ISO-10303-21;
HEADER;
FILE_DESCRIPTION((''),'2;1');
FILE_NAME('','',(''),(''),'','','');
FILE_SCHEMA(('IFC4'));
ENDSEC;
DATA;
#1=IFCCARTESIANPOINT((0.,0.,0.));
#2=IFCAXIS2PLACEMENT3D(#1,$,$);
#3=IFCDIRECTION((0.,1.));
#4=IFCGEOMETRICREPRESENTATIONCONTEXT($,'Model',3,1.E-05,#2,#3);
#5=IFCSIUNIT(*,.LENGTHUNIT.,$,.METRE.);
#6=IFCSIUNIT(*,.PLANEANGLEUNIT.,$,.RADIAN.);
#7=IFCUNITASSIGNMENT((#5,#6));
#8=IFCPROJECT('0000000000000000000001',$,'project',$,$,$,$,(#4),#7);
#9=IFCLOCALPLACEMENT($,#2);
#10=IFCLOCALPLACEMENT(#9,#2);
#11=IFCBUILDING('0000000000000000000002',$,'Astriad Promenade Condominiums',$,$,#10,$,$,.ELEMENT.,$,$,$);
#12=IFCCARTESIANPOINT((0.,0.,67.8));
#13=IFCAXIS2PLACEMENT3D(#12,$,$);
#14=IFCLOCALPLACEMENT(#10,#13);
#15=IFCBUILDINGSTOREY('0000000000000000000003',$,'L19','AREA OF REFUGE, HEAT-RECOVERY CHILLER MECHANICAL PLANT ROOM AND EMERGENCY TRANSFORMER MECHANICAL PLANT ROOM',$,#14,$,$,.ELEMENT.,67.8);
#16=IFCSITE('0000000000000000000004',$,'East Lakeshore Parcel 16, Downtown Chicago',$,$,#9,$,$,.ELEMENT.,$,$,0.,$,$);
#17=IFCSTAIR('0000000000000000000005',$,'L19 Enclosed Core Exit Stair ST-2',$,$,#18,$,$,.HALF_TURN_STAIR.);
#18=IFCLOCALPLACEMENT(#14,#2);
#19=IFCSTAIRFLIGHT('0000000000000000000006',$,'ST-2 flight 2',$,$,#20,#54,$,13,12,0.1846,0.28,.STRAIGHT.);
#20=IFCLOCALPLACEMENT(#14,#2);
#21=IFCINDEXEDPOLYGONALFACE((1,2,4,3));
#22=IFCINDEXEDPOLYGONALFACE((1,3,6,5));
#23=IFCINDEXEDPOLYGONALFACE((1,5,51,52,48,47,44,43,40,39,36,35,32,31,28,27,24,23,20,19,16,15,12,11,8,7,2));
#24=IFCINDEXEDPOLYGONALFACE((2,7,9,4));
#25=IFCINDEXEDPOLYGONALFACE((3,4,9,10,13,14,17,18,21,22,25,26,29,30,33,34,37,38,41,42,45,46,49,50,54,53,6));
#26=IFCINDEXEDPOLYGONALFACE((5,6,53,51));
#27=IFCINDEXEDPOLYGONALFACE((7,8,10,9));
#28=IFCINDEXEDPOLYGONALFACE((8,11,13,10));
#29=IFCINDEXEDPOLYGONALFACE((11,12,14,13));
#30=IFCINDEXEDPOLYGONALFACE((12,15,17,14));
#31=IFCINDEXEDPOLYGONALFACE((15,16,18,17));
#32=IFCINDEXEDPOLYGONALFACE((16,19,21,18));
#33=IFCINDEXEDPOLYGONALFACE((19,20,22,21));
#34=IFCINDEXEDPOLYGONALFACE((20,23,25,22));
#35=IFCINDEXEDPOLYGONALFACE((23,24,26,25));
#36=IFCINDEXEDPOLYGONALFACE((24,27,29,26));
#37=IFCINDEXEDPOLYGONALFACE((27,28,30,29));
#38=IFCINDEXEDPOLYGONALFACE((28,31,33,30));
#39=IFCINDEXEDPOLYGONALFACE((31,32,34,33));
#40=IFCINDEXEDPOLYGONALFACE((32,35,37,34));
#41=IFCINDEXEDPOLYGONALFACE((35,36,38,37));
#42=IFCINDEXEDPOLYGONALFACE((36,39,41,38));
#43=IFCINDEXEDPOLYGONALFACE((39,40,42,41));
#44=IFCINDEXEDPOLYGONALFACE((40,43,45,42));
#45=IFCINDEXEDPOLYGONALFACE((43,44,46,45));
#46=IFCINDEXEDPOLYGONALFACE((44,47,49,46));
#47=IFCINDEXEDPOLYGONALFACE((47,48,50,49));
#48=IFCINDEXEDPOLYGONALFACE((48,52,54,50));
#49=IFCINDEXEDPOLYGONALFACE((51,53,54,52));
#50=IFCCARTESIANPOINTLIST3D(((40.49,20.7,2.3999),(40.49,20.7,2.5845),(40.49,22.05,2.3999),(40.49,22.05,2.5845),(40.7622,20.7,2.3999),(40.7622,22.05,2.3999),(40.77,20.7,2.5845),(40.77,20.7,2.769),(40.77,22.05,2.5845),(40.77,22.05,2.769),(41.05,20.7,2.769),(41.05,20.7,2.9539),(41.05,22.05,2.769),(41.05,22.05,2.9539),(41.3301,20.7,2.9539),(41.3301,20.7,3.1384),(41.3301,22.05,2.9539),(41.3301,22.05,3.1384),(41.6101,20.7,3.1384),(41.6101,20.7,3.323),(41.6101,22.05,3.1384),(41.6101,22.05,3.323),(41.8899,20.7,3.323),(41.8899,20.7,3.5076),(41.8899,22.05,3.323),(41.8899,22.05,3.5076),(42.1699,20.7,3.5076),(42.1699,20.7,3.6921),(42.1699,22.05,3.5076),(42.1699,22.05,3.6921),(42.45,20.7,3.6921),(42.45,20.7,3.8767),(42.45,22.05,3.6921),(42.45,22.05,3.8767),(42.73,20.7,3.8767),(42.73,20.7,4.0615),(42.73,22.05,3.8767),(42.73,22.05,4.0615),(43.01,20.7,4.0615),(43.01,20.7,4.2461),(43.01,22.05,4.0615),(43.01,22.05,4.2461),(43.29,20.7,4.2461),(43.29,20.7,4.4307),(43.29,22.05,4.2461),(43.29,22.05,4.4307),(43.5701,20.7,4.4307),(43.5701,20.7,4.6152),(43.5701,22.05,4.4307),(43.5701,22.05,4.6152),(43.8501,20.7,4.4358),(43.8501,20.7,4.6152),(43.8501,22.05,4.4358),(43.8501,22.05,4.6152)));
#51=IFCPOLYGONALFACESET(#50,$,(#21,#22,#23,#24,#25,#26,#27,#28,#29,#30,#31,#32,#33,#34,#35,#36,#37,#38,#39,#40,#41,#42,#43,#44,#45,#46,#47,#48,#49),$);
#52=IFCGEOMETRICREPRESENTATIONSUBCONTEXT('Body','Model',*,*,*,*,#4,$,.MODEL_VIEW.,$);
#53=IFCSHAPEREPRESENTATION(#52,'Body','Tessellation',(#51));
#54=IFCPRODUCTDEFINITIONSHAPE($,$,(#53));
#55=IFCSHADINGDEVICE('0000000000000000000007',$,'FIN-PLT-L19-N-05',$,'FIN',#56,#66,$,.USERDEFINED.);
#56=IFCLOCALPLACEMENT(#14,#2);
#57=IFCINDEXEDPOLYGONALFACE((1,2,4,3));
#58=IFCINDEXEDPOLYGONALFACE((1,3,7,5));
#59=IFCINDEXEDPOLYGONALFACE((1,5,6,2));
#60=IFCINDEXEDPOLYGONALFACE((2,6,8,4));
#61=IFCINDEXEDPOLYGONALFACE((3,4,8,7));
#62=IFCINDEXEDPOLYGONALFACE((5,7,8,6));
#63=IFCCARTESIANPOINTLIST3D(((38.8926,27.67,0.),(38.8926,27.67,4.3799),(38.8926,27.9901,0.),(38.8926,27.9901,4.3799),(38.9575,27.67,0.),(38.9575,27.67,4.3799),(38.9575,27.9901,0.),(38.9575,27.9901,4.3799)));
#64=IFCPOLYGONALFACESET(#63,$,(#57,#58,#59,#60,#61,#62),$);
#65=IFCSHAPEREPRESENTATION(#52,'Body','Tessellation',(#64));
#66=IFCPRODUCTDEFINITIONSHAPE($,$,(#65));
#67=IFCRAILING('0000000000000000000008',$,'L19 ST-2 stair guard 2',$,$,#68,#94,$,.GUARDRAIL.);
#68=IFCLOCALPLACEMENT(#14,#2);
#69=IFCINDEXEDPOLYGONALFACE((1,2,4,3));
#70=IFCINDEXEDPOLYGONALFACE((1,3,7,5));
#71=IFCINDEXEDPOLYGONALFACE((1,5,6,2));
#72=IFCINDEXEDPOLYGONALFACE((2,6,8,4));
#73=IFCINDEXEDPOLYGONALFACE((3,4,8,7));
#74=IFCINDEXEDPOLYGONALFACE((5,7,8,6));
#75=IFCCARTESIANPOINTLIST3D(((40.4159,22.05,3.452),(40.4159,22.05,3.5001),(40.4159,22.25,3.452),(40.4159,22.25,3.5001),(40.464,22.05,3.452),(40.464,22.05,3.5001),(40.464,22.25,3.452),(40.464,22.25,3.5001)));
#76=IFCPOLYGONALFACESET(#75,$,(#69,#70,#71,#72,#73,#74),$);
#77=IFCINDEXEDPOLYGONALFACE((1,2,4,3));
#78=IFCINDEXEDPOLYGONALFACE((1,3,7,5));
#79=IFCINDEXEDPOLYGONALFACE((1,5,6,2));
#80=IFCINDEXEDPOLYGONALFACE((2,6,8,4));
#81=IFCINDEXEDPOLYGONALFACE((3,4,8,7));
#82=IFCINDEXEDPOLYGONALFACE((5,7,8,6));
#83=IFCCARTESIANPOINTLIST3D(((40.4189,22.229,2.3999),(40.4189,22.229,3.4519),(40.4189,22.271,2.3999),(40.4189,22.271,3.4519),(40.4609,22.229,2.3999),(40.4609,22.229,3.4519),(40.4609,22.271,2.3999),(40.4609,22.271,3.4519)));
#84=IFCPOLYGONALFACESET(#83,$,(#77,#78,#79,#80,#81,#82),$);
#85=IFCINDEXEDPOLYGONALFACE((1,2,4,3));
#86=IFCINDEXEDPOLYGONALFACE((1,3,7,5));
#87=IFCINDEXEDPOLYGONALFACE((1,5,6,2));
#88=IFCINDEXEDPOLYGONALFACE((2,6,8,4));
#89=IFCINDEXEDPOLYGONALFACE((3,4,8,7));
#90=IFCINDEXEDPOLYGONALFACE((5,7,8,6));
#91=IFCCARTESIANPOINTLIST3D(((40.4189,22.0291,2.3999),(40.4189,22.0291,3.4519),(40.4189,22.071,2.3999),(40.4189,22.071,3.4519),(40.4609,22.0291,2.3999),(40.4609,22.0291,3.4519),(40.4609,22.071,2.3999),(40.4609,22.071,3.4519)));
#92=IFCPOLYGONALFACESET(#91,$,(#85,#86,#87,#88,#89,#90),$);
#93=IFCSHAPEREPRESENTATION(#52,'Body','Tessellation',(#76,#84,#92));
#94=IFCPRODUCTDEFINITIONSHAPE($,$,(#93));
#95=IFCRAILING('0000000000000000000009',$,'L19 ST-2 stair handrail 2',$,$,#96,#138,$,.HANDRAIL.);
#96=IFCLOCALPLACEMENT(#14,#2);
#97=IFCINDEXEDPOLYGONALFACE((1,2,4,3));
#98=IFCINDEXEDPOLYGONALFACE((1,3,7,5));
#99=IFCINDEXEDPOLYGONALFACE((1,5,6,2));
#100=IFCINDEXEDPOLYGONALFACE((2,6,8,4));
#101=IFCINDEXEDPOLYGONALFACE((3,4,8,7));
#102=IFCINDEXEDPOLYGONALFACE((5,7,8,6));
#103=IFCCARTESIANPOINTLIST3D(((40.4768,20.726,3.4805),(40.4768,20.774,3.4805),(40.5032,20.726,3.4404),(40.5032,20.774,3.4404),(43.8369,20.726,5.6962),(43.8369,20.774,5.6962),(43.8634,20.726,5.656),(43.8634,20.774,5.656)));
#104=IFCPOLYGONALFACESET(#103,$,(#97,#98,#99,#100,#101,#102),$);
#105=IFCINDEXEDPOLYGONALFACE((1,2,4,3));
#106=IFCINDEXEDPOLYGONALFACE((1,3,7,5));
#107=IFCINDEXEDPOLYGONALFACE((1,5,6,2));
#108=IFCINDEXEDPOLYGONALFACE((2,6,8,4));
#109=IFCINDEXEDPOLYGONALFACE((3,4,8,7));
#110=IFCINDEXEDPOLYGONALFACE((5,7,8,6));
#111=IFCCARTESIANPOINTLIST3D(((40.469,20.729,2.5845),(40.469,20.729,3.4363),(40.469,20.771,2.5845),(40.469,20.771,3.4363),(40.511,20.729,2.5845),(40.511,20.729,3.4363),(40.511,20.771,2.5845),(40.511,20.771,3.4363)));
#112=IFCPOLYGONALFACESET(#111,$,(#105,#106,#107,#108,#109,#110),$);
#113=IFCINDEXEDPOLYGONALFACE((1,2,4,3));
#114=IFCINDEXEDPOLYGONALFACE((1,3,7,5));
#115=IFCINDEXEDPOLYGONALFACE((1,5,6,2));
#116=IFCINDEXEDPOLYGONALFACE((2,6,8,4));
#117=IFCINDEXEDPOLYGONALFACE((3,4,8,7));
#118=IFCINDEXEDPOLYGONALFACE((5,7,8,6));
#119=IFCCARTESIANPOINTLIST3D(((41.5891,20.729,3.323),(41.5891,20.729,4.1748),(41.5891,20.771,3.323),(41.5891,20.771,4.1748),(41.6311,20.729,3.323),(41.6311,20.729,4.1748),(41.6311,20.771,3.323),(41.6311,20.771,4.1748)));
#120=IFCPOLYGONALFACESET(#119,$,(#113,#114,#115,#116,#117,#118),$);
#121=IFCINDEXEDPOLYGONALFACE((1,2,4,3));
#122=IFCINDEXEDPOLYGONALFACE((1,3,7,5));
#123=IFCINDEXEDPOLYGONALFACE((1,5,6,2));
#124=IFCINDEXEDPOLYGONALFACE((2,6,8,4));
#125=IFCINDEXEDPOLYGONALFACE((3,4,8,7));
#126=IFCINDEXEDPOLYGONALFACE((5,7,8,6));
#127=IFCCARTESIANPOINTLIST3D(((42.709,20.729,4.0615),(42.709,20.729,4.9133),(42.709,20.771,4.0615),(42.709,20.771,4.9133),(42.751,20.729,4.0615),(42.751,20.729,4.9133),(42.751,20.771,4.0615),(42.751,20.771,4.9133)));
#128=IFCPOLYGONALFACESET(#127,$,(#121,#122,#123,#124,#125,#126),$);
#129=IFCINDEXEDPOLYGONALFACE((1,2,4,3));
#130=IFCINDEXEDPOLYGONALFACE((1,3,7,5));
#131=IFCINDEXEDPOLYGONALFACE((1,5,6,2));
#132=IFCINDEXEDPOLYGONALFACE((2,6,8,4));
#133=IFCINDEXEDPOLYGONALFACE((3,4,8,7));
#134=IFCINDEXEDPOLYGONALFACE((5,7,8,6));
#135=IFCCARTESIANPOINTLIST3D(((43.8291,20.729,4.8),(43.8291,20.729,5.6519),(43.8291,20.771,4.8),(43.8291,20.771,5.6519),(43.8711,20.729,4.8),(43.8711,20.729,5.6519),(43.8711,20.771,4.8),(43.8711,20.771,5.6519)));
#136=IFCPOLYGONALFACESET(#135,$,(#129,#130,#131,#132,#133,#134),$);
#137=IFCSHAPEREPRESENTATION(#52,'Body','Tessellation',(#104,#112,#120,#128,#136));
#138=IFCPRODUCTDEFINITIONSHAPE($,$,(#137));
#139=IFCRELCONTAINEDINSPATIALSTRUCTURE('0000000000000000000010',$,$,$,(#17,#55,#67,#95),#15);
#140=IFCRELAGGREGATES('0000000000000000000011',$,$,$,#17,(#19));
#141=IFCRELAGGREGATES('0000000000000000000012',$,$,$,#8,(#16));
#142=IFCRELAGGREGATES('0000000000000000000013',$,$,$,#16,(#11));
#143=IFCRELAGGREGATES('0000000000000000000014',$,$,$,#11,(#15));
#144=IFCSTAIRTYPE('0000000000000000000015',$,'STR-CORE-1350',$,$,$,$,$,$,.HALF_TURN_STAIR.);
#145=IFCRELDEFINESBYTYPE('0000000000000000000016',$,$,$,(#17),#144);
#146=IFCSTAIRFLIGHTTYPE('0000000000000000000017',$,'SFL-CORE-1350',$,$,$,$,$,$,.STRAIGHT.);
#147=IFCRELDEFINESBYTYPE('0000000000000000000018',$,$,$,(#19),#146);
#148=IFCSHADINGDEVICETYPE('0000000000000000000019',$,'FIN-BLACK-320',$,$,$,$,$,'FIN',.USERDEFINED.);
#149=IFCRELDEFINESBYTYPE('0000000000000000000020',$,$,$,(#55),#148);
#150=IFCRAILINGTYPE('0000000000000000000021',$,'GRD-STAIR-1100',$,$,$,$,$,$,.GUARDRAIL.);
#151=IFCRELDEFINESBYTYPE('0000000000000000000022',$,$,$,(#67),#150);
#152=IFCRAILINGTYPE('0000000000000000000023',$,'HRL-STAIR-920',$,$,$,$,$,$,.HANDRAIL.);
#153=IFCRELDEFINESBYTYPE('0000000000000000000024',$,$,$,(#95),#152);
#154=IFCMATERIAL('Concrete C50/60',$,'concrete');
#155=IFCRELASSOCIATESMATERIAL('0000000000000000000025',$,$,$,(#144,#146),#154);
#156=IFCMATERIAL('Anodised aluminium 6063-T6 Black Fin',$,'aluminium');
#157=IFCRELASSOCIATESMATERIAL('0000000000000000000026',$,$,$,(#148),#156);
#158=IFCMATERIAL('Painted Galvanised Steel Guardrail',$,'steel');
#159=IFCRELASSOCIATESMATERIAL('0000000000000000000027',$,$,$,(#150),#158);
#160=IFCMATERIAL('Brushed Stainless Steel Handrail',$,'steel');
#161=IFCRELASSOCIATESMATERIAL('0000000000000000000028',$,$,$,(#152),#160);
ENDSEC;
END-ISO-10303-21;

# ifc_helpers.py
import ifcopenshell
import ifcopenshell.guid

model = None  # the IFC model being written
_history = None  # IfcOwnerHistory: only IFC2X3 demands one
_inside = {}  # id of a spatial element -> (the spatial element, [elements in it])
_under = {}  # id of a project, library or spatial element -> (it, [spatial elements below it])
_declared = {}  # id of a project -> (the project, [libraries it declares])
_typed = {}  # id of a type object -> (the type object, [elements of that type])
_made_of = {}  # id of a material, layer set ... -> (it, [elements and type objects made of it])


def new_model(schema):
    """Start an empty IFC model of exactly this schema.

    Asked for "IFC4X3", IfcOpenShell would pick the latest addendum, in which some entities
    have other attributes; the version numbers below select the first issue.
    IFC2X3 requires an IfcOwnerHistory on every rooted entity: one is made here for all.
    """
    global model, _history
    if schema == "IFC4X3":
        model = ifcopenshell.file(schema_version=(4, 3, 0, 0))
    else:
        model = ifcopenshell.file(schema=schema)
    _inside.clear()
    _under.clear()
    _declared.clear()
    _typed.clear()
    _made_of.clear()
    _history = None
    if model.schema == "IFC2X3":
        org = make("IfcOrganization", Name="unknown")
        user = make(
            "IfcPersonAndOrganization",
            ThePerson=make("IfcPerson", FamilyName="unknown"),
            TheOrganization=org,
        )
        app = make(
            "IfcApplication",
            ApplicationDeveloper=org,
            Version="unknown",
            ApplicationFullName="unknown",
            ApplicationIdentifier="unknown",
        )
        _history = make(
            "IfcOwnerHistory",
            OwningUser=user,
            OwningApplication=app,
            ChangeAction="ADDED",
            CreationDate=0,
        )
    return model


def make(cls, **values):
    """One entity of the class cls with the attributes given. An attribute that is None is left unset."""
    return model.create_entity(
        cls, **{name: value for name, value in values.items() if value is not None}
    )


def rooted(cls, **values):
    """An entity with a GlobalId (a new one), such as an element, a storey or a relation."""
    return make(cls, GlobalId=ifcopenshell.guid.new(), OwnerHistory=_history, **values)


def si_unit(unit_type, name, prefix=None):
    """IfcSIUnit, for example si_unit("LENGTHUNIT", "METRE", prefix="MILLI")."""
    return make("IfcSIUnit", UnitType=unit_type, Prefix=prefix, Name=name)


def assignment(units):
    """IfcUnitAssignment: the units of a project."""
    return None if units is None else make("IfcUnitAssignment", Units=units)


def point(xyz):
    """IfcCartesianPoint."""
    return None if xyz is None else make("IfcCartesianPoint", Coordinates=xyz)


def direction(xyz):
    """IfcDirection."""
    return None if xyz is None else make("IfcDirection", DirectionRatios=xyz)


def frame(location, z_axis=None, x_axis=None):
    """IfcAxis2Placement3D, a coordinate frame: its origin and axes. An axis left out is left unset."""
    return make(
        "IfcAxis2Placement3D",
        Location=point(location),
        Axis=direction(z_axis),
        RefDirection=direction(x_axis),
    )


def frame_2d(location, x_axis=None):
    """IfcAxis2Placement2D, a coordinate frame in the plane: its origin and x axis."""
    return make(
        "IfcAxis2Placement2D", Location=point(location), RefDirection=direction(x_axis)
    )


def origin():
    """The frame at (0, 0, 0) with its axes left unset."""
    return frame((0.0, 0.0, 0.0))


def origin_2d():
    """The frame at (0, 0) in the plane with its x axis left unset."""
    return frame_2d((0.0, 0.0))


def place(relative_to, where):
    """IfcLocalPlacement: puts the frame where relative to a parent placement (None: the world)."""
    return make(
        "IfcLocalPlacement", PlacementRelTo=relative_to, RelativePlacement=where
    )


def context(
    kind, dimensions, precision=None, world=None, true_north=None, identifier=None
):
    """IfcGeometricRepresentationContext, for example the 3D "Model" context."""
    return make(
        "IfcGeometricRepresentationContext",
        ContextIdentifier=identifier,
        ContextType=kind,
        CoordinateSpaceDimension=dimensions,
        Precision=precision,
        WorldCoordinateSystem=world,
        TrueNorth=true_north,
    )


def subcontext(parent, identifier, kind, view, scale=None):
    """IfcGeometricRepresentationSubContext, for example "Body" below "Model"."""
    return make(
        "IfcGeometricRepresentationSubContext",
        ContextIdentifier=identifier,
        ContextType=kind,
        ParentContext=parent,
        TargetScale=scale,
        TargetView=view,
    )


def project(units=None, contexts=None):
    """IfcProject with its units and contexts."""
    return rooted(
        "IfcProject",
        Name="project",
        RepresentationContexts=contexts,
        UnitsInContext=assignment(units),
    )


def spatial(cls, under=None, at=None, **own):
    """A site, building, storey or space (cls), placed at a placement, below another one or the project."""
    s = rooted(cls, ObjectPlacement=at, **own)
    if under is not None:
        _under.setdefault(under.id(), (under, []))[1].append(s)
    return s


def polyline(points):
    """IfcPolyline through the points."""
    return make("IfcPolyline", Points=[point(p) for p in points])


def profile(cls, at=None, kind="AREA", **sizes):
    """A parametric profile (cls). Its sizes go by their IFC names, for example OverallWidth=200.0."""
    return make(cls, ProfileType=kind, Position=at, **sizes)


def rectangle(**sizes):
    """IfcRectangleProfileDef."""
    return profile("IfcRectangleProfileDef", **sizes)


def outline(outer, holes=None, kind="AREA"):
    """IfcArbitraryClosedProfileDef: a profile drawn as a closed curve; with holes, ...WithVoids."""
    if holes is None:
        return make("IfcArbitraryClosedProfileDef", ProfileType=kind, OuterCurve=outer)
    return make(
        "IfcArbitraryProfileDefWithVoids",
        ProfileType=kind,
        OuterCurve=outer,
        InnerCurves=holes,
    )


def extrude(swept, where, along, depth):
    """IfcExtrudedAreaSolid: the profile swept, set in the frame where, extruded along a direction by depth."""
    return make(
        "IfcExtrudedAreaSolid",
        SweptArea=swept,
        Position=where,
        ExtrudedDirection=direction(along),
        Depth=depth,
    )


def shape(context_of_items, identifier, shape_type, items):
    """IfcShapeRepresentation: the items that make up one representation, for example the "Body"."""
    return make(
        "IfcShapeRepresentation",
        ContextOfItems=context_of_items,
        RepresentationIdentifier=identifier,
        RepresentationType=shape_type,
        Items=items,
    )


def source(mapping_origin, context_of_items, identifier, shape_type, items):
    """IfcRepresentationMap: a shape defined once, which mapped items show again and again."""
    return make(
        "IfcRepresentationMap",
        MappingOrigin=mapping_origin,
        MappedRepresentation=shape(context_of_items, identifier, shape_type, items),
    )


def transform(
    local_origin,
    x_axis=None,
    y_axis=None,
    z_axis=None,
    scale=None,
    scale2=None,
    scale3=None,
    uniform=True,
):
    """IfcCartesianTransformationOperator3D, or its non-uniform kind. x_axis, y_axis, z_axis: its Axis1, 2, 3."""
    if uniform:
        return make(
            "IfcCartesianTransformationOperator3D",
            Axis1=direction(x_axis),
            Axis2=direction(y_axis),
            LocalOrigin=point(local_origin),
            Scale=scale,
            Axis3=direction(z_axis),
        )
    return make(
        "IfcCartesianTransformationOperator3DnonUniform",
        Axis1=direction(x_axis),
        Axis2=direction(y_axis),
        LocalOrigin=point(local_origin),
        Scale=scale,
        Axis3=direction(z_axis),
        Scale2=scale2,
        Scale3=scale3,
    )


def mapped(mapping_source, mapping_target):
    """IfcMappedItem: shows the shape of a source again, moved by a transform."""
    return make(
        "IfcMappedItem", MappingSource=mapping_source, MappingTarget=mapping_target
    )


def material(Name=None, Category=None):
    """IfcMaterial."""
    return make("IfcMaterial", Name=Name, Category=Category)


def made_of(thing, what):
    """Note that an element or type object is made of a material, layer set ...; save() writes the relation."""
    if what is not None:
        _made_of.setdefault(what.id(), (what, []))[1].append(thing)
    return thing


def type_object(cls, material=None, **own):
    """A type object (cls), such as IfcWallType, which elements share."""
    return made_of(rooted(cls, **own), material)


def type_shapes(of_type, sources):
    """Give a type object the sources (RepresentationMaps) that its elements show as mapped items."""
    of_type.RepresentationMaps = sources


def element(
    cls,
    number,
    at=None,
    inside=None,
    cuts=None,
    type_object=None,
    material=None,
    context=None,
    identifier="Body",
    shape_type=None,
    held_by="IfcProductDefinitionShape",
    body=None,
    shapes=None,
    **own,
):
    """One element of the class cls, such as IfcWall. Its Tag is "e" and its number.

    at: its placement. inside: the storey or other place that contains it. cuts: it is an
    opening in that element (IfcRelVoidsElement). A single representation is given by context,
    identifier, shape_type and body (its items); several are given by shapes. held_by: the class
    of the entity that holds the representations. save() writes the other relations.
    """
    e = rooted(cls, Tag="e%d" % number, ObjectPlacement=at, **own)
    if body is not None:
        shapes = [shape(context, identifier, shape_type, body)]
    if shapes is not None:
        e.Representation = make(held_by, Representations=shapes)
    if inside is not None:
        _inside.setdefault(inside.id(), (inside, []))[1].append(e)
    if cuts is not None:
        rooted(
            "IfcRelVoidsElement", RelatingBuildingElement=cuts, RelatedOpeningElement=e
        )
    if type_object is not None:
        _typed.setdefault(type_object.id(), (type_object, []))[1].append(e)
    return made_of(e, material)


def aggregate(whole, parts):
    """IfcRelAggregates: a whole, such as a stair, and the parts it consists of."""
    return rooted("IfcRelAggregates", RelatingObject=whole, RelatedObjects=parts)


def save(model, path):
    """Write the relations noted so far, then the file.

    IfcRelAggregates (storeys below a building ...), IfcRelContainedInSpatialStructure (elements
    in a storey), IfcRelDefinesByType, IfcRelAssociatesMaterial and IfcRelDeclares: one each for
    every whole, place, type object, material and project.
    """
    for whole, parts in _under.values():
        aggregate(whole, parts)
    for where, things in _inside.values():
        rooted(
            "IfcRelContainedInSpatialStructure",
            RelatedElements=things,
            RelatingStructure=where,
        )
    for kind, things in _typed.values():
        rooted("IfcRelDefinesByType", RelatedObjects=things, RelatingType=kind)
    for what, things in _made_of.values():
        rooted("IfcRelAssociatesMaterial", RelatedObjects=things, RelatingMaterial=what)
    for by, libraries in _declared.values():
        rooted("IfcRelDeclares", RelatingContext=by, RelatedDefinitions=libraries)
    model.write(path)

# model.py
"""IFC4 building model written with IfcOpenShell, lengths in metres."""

from ifc_helpers import new_model, si_unit, direction, frame, origin, origin_2d, place, context, subcontext, project, spatial, polyline, rectangle, outline, extrude, source, transform, mapped, material, type_object, type_shapes, element, aggregate, save


model = new_model("IFC4")

# Units and contexts
model_context = context("Model", 3, precision=1e-05, world=origin(), true_north=direction((0.0, 1.0)))
body_context = subcontext(model_context, "Body", "Model", "MODEL_VIEW")
ifc_project = project(units=[si_unit("LENGTHUNIT", "METRE"), si_unit("PLANEANGLEUNIT", "RADIAN")], contexts=[model_context])

# Site, building, storey
site_placement = place(None, origin())
site = spatial("IfcSite", under=ifc_project, at=site_placement, Name="East Lakeshore Parcel 16, Downtown Chicago", CompositionType="ELEMENT", RefElevation=0.0)
building_placement = place(site_placement, origin())
building = spatial("IfcBuilding", under=site, at=building_placement, Name="Astriad Promenade Condominiums", CompositionType="ELEMENT")
storey_placement = place(building_placement, frame((0.0, 0.0, 67.8)))
storey = spatial("IfcBuildingStorey", under=building, at=storey_placement, Name="L19", Description="AREA OF REFUGE, HEAT-RECOVERY CHILLER MECHANICAL PLANT ROOM AND EMERGENCY TRANSFORMER MECHANICAL PLANT ROOM", CompositionType="ELEMENT", Elevation=67.8)

# Shared definitions
ifc_material_1 = material(Name="Concrete C50/60", Category="concrete")

# Stair, stair flight
stair_type = type_object("IfcStairType", Name="STR-CORE-1350", PredefinedType="HALF_TURN_STAIR", material=ifc_material_1)
stair_placement = place(storey_placement, origin())
stair = element("IfcStair", 1, at=stair_placement, inside=storey, type_object=stair_type, Name="L19 Enclosed Core Exit Stair ST-2", PredefinedType="HALF_TURN_STAIR")
stair_flight_type = type_object("IfcStairFlightType", Name="SFL-CORE-1350", PredefinedType="STRAIGHT", material=ifc_material_1)
shared_shape_1 = source(origin(), body_context, "Body", "SweptSolid", [
    extrude(outline(polyline([(0.0, 0.0), (0.0, 0.1846), (0.28, 0.1846), (0.28, 0.3691), (0.5601, 0.3691), (0.5601, 0.554), (0.8401, 0.554), (0.8401, 0.7385), (1.1201, 0.7385), (1.1201, 0.9231), (1.3999, 0.9231), (1.3999, 1.1077), (1.6799, 1.1077), (1.6799, 1.2922), (1.96, 1.2922), (1.96, 1.4768), (2.24, 1.4768), (2.24, 1.6616), (2.52, 1.6616), (2.52, 1.8462), (2.8, 1.8462), (2.8, 2.0308), (3.0801, 2.0308), (3.0801, 2.2153), (3.3601, 2.2153), (3.3601, 2.3999), (3.3601, 2.0359), (0.2722, 0.0), (0.0, 0.0)])), frame((0.0, 0.675, 0.0), z_axis=(0.0, -1.0, 0.0), x_axis=(1.0, 0.0, 0.0)), (0.0, 0.0, 1.0), 1.3501),
])
type_shapes(stair_flight_type, [shared_shape_1])
stair_flight_placement = place(storey_placement, frame((40.49, 21.375, 2.3999), z_axis=(0.0, 0.0, 1.0), x_axis=(1.0, 0.0, 0.0)))
stair_flight = element("IfcStairFlight", 2, at=stair_flight_placement, type_object=stair_flight_type, Name="ST-2 flight 2", NumberOfRisers=13, NumberOfTreads=12, PredefinedType="STRAIGHT", RiserHeight=0.1846, TreadLength=0.28, context=body_context, shape_type="MappedRepresentation", body=[
    mapped(shared_shape_1, transform((0.0, 0.0, 0.0), scale=1.0)),
])
aggregate(stair, [stair_flight])

# Shading device
ifc_material_2 = material(Name="Anodised aluminium 6063-T6 Black Fin", Category="aluminium")
shading_device_type = type_object("IfcShadingDeviceType", Name="FIN-BLACK-320", ElementType="FIN", PredefinedType="USERDEFINED", material=ifc_material_2)
shared_shape_2 = source(origin(), body_context, "Body", "SweptSolid", [
    extrude(rectangle(XDim=0.0649, YDim=0.3201, at=origin_2d()), origin(), (0.0, 0.0, 1.0), 4.3799),
])
type_shapes(shading_device_type, [shared_shape_2])
shading_device_placement = place(storey_placement, frame((38.925, 27.8301, 0.0), z_axis=(0.0, 0.0, 1.0), x_axis=(1.0, 0.0, 0.0)))
element("IfcShadingDevice", 3, at=shading_device_placement, inside=storey, type_object=shading_device_type, Name="FIN-PLT-L19-N-05", ObjectType="FIN", PredefinedType="USERDEFINED", context=body_context, shape_type="MappedRepresentation", body=[
    mapped(shared_shape_2, transform((0.0, 0.0, 0.0), scale=1.0)),
])

# Railings
ifc_material_3 = material(Name="Painted Galvanised Steel Guardrail", Category="steel")
railing_type_1 = type_object("IfcRailingType", Name="GRD-STAIR-1100", PredefinedType="GUARDRAIL", material=ifc_material_3)
shared_shape_3 = source(origin(), body_context, "Body", "SweptSolid", [
    extrude(rectangle(XDim=0.0481, YDim=0.0481, at=origin_2d()), frame((0.0, 0.0, 1.0762), z_axis=(0.0, -1.0, 0.0), x_axis=(1.0, 0.0, 0.0)), (0.0, 0.0, 1.0), 0.2),
    extrude(rectangle(XDim=0.042, YDim=0.042, at=origin_2d()), origin(), (0.0, 0.0, 1.0), 1.052),
    extrude(rectangle(XDim=0.042, YDim=0.042, at=origin_2d()), frame((0.0, -0.2, 0.0)), (0.0, 0.0, 1.0), 1.052),
])
type_shapes(railing_type_1, [shared_shape_3])
railing_1_placement = place(storey_placement, frame((40.4399, 22.25, 2.3999)))
element("IfcRailing", 4, at=railing_1_placement, inside=storey, type_object=railing_type_1, Name="L19 ST-2 stair guard 2", PredefinedType="GUARDRAIL", context=body_context, shape_type="MappedRepresentation", body=[
    mapped(shared_shape_3, transform((0.0, 0.0, 0.0), scale=1.0)),
])
ifc_material_4 = material(Name="Brushed Stainless Steel Handrail", Category="steel")
railing_type_2 = type_object("IfcRailingType", Name="HRL-STAIR-920", PredefinedType="HANDRAIL", material=ifc_material_4)
shared_shape_4 = source(origin(), body_context, "Body", "SweptSolid", [
    extrude(rectangle(XDim=0.0481, YDim=0.0481, at=origin_2d()), frame((0.0, 0.0, 0.876), z_axis=(0.834849, 0.0, 0.55048), x_axis=(0.0, 1.0, 0.0)), (0.0, 0.0, 1.0), 4.0249),
    extrude(rectangle(XDim=0.042, YDim=0.042, at=origin_2d()), origin(), (0.0, 0.0, 1.0), 0.8518),
    extrude(rectangle(XDim=0.042, YDim=0.042, at=origin_2d()), frame((1.1201, 0.0, 0.7385)), (0.0, 0.0, 1.0), 0.8518),
    extrude(rectangle(XDim=0.042, YDim=0.042, at=origin_2d()), frame((2.24, 0.0, 1.4771)), (0.0, 0.0, 1.0), 0.8518),
    extrude(rectangle(XDim=0.042, YDim=0.042, at=origin_2d()), frame((3.3601, 0.0, 2.2156)), (0.0, 0.0, 1.0), 0.8518),
])
type_shapes(railing_type_2, [shared_shape_4])
railing_2_placement = place(storey_placement, frame((40.49, 20.75, 2.5845)))
element("IfcRailing", 5, at=railing_2_placement, inside=storey, type_object=railing_type_2, Name="L19 ST-2 stair handrail 2", PredefinedType="HANDRAIL", context=body_context, shape_type="MappedRepresentation", body=[
    mapped(shared_shape_4, transform((0.0, 0.0, 0.0), scale=1.0)),
])

save(model, "model.ifc")
